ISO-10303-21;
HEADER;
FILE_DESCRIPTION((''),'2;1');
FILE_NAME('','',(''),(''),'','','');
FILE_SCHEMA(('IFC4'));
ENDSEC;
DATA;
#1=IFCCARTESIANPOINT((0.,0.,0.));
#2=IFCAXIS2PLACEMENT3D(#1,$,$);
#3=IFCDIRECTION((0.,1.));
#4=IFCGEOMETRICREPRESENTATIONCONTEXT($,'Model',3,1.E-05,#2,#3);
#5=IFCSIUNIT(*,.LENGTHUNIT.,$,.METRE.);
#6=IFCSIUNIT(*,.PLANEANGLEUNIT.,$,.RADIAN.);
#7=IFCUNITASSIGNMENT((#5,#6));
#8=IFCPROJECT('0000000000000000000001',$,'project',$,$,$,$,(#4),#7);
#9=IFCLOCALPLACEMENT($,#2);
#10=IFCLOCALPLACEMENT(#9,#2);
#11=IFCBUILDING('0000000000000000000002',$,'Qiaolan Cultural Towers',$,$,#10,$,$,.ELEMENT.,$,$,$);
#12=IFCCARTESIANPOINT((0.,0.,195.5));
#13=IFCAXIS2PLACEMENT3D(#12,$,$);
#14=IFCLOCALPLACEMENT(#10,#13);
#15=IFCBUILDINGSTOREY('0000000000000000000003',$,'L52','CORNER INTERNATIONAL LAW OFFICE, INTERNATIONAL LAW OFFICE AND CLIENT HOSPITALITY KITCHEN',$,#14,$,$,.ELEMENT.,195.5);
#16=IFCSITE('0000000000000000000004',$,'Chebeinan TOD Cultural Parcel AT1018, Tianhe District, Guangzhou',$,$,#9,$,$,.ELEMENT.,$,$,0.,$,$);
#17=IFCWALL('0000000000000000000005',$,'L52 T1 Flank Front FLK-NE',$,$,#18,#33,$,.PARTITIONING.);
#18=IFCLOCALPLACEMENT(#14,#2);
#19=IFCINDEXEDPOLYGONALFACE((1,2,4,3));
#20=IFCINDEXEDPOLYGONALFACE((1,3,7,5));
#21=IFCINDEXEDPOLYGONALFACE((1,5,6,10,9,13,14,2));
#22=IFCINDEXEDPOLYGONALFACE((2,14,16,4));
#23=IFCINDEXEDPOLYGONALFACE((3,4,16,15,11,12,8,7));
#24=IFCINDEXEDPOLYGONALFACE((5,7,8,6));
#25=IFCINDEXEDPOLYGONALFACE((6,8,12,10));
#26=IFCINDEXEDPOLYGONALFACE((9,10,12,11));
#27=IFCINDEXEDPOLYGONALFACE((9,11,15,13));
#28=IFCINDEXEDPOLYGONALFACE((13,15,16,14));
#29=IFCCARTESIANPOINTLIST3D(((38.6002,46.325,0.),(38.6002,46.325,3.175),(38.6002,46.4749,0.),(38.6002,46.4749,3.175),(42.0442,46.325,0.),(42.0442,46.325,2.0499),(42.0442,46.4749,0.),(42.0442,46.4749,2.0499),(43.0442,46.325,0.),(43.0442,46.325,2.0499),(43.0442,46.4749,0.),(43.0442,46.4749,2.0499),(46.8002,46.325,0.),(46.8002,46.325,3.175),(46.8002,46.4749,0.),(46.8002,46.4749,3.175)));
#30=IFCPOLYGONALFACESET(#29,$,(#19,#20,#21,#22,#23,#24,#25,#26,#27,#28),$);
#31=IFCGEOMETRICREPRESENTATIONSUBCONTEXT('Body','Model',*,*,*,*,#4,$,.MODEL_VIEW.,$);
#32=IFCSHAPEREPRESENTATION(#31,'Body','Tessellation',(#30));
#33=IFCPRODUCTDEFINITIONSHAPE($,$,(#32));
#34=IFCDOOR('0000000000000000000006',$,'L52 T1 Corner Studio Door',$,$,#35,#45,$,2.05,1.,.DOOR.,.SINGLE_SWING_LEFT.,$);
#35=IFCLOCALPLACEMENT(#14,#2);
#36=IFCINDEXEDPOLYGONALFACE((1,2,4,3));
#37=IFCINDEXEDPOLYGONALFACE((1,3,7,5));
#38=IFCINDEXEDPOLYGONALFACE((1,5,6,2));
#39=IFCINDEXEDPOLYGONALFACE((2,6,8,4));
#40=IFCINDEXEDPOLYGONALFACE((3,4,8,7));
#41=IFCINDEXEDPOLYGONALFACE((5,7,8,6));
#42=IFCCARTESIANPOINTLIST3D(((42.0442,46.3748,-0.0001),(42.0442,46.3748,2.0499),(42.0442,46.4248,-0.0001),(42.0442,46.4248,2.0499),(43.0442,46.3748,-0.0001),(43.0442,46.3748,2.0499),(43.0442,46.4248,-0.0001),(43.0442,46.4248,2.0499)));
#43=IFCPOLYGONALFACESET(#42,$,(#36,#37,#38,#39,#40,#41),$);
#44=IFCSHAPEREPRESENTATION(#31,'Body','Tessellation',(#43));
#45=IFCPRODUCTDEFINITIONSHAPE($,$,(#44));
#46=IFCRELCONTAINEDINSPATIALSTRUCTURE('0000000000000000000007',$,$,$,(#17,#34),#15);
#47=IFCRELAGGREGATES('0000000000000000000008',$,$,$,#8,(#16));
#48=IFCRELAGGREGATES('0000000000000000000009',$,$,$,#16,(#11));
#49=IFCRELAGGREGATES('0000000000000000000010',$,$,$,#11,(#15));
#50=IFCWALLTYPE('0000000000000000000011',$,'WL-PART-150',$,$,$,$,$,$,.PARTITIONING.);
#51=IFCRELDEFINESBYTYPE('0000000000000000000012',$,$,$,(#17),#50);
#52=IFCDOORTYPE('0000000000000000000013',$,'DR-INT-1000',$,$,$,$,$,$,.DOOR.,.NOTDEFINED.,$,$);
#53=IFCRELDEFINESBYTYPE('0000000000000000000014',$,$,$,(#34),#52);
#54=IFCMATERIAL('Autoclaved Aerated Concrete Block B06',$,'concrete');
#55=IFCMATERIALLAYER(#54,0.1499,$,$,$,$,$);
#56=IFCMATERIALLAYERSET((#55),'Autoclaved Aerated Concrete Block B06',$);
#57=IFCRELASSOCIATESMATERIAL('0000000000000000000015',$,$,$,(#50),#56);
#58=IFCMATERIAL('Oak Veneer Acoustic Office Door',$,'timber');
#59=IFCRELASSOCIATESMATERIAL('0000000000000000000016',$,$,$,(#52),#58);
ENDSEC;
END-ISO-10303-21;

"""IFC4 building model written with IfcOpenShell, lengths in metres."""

from ifc_helpers import new_model, si_unit, direction, frame, frame_2d, origin, place, context, subcontext, project, spatial, rectangle, extrude, material, layer, layer_set, type_object, element, fill, save


model = new_model("IFC4")

# Units and contexts
model_context = context("Model", 3, precision=1e-05, world=origin(), true_north=direction((0.0, 1.0)))
body_context = subcontext(model_context, "Body", "Model", "MODEL_VIEW")
ifc_project = project(units=[si_unit("LENGTHUNIT", "METRE"), si_unit("PLANEANGLEUNIT", "RADIAN")], contexts=[model_context])

# Site, building, storey
site_placement = place(None, origin())
site = spatial("IfcSite", under=ifc_project, at=site_placement, Name="Chebeinan TOD Cultural Parcel AT1018, Tianhe District, Guangzhou", CompositionType="ELEMENT", RefElevation=0.0)
building_placement = place(site_placement, origin())
building = spatial("IfcBuilding", under=site, at=building_placement, Name="Qiaolan Cultural Towers", CompositionType="ELEMENT")
storey_placement = place(building_placement, frame((0.0, 0.0, 195.5)))
storey = spatial("IfcBuildingStorey", under=building, at=storey_placement, Name="L52", Description="CORNER INTERNATIONAL LAW OFFICE, INTERNATIONAL LAW OFFICE AND CLIENT HOSPITALITY KITCHEN", CompositionType="ELEMENT", Elevation=195.5)

# Shared definitions
ifc_material_1 = material(Name="Autoclaved Aerated Concrete Block B06", Category="concrete")
ifc_layer_1 = layer(ifc_material_1, 0.1499)
ifc_layer_set_1 = layer_set([ifc_layer_1], Name="Autoclaved Aerated Concrete Block B06")
wall_type_1 = type_object("IfcWallType", Name="WL-PART-150", PredefinedType="PARTITIONING", material=ifc_layer_set_1)

# Wall, opening, door
wall_1_placement = place(storey_placement, frame((38.6001, 46.3999, 0.0), z_axis=(0.0, 0.0, 1.0), x_axis=(1.0, 0.0, 0.0)))
wall_1 = element("IfcWall", 1, at=wall_1_placement, inside=storey, type_object=wall_type_1, Name="L52 T1 Flank Front FLK-NE", PredefinedType="PARTITIONING", context=body_context, shape_type="SweptSolid", body=[
    extrude(rectangle(XDim=8.2, YDim=0.1499, at=frame_2d((4.1001, 0.0))), origin(), (0.0, 0.0, 1.0), 3.175),
])
opening_1_placement = place(wall_1_placement, frame((3.4441, 0.0, 0.0)))
opening_1 = element("IfcOpeningElement", 2, at=opening_1_placement, cuts=wall_1, PredefinedType="OPENING", context=body_context, shape_type="SweptSolid", body=[
    extrude(rectangle(XDim=1.0, YDim=2.05, at=frame_2d((0.5, 1.0249))), frame((0.0, 0.085, 0.0), z_axis=(0.0, -1.0, 0.0), x_axis=(1.0, 0.0, 0.0)), (0.0, 0.0, 1.0), 0.1699),
])
ifc_material_2 = material(Name="Oak Veneer Acoustic Office Door", Category="timber")
door_type_1 = type_object("IfcDoorType", Name="DR-INT-1000", OperationType="NOTDEFINED", PredefinedType="DOOR", material=ifc_material_2)
door_1_placement = place(opening_1_placement, origin())
door_1 = element("IfcDoor", 3, at=door_1_placement, inside=storey, type_object=door_type_1, Name="L52 T1 Corner Studio Door", OperationType="SINGLE_SWING_LEFT", OverallHeight=2.05, OverallWidth=1.0, PredefinedType="DOOR", context=body_context, shape_type="SweptSolid", body=[
    extrude(rectangle(XDim=1.0, YDim=2.05, at=frame_2d((0.5, 1.0249))), frame((0.0, 0.0249, 0.0), z_axis=(0.0, -1.0, 0.0), x_axis=(1.0, 0.0, 0.0)), (0.0, 0.0, 1.0), 0.05),
])
fill(opening_1, door_1)

save(model, "model.ifc")
